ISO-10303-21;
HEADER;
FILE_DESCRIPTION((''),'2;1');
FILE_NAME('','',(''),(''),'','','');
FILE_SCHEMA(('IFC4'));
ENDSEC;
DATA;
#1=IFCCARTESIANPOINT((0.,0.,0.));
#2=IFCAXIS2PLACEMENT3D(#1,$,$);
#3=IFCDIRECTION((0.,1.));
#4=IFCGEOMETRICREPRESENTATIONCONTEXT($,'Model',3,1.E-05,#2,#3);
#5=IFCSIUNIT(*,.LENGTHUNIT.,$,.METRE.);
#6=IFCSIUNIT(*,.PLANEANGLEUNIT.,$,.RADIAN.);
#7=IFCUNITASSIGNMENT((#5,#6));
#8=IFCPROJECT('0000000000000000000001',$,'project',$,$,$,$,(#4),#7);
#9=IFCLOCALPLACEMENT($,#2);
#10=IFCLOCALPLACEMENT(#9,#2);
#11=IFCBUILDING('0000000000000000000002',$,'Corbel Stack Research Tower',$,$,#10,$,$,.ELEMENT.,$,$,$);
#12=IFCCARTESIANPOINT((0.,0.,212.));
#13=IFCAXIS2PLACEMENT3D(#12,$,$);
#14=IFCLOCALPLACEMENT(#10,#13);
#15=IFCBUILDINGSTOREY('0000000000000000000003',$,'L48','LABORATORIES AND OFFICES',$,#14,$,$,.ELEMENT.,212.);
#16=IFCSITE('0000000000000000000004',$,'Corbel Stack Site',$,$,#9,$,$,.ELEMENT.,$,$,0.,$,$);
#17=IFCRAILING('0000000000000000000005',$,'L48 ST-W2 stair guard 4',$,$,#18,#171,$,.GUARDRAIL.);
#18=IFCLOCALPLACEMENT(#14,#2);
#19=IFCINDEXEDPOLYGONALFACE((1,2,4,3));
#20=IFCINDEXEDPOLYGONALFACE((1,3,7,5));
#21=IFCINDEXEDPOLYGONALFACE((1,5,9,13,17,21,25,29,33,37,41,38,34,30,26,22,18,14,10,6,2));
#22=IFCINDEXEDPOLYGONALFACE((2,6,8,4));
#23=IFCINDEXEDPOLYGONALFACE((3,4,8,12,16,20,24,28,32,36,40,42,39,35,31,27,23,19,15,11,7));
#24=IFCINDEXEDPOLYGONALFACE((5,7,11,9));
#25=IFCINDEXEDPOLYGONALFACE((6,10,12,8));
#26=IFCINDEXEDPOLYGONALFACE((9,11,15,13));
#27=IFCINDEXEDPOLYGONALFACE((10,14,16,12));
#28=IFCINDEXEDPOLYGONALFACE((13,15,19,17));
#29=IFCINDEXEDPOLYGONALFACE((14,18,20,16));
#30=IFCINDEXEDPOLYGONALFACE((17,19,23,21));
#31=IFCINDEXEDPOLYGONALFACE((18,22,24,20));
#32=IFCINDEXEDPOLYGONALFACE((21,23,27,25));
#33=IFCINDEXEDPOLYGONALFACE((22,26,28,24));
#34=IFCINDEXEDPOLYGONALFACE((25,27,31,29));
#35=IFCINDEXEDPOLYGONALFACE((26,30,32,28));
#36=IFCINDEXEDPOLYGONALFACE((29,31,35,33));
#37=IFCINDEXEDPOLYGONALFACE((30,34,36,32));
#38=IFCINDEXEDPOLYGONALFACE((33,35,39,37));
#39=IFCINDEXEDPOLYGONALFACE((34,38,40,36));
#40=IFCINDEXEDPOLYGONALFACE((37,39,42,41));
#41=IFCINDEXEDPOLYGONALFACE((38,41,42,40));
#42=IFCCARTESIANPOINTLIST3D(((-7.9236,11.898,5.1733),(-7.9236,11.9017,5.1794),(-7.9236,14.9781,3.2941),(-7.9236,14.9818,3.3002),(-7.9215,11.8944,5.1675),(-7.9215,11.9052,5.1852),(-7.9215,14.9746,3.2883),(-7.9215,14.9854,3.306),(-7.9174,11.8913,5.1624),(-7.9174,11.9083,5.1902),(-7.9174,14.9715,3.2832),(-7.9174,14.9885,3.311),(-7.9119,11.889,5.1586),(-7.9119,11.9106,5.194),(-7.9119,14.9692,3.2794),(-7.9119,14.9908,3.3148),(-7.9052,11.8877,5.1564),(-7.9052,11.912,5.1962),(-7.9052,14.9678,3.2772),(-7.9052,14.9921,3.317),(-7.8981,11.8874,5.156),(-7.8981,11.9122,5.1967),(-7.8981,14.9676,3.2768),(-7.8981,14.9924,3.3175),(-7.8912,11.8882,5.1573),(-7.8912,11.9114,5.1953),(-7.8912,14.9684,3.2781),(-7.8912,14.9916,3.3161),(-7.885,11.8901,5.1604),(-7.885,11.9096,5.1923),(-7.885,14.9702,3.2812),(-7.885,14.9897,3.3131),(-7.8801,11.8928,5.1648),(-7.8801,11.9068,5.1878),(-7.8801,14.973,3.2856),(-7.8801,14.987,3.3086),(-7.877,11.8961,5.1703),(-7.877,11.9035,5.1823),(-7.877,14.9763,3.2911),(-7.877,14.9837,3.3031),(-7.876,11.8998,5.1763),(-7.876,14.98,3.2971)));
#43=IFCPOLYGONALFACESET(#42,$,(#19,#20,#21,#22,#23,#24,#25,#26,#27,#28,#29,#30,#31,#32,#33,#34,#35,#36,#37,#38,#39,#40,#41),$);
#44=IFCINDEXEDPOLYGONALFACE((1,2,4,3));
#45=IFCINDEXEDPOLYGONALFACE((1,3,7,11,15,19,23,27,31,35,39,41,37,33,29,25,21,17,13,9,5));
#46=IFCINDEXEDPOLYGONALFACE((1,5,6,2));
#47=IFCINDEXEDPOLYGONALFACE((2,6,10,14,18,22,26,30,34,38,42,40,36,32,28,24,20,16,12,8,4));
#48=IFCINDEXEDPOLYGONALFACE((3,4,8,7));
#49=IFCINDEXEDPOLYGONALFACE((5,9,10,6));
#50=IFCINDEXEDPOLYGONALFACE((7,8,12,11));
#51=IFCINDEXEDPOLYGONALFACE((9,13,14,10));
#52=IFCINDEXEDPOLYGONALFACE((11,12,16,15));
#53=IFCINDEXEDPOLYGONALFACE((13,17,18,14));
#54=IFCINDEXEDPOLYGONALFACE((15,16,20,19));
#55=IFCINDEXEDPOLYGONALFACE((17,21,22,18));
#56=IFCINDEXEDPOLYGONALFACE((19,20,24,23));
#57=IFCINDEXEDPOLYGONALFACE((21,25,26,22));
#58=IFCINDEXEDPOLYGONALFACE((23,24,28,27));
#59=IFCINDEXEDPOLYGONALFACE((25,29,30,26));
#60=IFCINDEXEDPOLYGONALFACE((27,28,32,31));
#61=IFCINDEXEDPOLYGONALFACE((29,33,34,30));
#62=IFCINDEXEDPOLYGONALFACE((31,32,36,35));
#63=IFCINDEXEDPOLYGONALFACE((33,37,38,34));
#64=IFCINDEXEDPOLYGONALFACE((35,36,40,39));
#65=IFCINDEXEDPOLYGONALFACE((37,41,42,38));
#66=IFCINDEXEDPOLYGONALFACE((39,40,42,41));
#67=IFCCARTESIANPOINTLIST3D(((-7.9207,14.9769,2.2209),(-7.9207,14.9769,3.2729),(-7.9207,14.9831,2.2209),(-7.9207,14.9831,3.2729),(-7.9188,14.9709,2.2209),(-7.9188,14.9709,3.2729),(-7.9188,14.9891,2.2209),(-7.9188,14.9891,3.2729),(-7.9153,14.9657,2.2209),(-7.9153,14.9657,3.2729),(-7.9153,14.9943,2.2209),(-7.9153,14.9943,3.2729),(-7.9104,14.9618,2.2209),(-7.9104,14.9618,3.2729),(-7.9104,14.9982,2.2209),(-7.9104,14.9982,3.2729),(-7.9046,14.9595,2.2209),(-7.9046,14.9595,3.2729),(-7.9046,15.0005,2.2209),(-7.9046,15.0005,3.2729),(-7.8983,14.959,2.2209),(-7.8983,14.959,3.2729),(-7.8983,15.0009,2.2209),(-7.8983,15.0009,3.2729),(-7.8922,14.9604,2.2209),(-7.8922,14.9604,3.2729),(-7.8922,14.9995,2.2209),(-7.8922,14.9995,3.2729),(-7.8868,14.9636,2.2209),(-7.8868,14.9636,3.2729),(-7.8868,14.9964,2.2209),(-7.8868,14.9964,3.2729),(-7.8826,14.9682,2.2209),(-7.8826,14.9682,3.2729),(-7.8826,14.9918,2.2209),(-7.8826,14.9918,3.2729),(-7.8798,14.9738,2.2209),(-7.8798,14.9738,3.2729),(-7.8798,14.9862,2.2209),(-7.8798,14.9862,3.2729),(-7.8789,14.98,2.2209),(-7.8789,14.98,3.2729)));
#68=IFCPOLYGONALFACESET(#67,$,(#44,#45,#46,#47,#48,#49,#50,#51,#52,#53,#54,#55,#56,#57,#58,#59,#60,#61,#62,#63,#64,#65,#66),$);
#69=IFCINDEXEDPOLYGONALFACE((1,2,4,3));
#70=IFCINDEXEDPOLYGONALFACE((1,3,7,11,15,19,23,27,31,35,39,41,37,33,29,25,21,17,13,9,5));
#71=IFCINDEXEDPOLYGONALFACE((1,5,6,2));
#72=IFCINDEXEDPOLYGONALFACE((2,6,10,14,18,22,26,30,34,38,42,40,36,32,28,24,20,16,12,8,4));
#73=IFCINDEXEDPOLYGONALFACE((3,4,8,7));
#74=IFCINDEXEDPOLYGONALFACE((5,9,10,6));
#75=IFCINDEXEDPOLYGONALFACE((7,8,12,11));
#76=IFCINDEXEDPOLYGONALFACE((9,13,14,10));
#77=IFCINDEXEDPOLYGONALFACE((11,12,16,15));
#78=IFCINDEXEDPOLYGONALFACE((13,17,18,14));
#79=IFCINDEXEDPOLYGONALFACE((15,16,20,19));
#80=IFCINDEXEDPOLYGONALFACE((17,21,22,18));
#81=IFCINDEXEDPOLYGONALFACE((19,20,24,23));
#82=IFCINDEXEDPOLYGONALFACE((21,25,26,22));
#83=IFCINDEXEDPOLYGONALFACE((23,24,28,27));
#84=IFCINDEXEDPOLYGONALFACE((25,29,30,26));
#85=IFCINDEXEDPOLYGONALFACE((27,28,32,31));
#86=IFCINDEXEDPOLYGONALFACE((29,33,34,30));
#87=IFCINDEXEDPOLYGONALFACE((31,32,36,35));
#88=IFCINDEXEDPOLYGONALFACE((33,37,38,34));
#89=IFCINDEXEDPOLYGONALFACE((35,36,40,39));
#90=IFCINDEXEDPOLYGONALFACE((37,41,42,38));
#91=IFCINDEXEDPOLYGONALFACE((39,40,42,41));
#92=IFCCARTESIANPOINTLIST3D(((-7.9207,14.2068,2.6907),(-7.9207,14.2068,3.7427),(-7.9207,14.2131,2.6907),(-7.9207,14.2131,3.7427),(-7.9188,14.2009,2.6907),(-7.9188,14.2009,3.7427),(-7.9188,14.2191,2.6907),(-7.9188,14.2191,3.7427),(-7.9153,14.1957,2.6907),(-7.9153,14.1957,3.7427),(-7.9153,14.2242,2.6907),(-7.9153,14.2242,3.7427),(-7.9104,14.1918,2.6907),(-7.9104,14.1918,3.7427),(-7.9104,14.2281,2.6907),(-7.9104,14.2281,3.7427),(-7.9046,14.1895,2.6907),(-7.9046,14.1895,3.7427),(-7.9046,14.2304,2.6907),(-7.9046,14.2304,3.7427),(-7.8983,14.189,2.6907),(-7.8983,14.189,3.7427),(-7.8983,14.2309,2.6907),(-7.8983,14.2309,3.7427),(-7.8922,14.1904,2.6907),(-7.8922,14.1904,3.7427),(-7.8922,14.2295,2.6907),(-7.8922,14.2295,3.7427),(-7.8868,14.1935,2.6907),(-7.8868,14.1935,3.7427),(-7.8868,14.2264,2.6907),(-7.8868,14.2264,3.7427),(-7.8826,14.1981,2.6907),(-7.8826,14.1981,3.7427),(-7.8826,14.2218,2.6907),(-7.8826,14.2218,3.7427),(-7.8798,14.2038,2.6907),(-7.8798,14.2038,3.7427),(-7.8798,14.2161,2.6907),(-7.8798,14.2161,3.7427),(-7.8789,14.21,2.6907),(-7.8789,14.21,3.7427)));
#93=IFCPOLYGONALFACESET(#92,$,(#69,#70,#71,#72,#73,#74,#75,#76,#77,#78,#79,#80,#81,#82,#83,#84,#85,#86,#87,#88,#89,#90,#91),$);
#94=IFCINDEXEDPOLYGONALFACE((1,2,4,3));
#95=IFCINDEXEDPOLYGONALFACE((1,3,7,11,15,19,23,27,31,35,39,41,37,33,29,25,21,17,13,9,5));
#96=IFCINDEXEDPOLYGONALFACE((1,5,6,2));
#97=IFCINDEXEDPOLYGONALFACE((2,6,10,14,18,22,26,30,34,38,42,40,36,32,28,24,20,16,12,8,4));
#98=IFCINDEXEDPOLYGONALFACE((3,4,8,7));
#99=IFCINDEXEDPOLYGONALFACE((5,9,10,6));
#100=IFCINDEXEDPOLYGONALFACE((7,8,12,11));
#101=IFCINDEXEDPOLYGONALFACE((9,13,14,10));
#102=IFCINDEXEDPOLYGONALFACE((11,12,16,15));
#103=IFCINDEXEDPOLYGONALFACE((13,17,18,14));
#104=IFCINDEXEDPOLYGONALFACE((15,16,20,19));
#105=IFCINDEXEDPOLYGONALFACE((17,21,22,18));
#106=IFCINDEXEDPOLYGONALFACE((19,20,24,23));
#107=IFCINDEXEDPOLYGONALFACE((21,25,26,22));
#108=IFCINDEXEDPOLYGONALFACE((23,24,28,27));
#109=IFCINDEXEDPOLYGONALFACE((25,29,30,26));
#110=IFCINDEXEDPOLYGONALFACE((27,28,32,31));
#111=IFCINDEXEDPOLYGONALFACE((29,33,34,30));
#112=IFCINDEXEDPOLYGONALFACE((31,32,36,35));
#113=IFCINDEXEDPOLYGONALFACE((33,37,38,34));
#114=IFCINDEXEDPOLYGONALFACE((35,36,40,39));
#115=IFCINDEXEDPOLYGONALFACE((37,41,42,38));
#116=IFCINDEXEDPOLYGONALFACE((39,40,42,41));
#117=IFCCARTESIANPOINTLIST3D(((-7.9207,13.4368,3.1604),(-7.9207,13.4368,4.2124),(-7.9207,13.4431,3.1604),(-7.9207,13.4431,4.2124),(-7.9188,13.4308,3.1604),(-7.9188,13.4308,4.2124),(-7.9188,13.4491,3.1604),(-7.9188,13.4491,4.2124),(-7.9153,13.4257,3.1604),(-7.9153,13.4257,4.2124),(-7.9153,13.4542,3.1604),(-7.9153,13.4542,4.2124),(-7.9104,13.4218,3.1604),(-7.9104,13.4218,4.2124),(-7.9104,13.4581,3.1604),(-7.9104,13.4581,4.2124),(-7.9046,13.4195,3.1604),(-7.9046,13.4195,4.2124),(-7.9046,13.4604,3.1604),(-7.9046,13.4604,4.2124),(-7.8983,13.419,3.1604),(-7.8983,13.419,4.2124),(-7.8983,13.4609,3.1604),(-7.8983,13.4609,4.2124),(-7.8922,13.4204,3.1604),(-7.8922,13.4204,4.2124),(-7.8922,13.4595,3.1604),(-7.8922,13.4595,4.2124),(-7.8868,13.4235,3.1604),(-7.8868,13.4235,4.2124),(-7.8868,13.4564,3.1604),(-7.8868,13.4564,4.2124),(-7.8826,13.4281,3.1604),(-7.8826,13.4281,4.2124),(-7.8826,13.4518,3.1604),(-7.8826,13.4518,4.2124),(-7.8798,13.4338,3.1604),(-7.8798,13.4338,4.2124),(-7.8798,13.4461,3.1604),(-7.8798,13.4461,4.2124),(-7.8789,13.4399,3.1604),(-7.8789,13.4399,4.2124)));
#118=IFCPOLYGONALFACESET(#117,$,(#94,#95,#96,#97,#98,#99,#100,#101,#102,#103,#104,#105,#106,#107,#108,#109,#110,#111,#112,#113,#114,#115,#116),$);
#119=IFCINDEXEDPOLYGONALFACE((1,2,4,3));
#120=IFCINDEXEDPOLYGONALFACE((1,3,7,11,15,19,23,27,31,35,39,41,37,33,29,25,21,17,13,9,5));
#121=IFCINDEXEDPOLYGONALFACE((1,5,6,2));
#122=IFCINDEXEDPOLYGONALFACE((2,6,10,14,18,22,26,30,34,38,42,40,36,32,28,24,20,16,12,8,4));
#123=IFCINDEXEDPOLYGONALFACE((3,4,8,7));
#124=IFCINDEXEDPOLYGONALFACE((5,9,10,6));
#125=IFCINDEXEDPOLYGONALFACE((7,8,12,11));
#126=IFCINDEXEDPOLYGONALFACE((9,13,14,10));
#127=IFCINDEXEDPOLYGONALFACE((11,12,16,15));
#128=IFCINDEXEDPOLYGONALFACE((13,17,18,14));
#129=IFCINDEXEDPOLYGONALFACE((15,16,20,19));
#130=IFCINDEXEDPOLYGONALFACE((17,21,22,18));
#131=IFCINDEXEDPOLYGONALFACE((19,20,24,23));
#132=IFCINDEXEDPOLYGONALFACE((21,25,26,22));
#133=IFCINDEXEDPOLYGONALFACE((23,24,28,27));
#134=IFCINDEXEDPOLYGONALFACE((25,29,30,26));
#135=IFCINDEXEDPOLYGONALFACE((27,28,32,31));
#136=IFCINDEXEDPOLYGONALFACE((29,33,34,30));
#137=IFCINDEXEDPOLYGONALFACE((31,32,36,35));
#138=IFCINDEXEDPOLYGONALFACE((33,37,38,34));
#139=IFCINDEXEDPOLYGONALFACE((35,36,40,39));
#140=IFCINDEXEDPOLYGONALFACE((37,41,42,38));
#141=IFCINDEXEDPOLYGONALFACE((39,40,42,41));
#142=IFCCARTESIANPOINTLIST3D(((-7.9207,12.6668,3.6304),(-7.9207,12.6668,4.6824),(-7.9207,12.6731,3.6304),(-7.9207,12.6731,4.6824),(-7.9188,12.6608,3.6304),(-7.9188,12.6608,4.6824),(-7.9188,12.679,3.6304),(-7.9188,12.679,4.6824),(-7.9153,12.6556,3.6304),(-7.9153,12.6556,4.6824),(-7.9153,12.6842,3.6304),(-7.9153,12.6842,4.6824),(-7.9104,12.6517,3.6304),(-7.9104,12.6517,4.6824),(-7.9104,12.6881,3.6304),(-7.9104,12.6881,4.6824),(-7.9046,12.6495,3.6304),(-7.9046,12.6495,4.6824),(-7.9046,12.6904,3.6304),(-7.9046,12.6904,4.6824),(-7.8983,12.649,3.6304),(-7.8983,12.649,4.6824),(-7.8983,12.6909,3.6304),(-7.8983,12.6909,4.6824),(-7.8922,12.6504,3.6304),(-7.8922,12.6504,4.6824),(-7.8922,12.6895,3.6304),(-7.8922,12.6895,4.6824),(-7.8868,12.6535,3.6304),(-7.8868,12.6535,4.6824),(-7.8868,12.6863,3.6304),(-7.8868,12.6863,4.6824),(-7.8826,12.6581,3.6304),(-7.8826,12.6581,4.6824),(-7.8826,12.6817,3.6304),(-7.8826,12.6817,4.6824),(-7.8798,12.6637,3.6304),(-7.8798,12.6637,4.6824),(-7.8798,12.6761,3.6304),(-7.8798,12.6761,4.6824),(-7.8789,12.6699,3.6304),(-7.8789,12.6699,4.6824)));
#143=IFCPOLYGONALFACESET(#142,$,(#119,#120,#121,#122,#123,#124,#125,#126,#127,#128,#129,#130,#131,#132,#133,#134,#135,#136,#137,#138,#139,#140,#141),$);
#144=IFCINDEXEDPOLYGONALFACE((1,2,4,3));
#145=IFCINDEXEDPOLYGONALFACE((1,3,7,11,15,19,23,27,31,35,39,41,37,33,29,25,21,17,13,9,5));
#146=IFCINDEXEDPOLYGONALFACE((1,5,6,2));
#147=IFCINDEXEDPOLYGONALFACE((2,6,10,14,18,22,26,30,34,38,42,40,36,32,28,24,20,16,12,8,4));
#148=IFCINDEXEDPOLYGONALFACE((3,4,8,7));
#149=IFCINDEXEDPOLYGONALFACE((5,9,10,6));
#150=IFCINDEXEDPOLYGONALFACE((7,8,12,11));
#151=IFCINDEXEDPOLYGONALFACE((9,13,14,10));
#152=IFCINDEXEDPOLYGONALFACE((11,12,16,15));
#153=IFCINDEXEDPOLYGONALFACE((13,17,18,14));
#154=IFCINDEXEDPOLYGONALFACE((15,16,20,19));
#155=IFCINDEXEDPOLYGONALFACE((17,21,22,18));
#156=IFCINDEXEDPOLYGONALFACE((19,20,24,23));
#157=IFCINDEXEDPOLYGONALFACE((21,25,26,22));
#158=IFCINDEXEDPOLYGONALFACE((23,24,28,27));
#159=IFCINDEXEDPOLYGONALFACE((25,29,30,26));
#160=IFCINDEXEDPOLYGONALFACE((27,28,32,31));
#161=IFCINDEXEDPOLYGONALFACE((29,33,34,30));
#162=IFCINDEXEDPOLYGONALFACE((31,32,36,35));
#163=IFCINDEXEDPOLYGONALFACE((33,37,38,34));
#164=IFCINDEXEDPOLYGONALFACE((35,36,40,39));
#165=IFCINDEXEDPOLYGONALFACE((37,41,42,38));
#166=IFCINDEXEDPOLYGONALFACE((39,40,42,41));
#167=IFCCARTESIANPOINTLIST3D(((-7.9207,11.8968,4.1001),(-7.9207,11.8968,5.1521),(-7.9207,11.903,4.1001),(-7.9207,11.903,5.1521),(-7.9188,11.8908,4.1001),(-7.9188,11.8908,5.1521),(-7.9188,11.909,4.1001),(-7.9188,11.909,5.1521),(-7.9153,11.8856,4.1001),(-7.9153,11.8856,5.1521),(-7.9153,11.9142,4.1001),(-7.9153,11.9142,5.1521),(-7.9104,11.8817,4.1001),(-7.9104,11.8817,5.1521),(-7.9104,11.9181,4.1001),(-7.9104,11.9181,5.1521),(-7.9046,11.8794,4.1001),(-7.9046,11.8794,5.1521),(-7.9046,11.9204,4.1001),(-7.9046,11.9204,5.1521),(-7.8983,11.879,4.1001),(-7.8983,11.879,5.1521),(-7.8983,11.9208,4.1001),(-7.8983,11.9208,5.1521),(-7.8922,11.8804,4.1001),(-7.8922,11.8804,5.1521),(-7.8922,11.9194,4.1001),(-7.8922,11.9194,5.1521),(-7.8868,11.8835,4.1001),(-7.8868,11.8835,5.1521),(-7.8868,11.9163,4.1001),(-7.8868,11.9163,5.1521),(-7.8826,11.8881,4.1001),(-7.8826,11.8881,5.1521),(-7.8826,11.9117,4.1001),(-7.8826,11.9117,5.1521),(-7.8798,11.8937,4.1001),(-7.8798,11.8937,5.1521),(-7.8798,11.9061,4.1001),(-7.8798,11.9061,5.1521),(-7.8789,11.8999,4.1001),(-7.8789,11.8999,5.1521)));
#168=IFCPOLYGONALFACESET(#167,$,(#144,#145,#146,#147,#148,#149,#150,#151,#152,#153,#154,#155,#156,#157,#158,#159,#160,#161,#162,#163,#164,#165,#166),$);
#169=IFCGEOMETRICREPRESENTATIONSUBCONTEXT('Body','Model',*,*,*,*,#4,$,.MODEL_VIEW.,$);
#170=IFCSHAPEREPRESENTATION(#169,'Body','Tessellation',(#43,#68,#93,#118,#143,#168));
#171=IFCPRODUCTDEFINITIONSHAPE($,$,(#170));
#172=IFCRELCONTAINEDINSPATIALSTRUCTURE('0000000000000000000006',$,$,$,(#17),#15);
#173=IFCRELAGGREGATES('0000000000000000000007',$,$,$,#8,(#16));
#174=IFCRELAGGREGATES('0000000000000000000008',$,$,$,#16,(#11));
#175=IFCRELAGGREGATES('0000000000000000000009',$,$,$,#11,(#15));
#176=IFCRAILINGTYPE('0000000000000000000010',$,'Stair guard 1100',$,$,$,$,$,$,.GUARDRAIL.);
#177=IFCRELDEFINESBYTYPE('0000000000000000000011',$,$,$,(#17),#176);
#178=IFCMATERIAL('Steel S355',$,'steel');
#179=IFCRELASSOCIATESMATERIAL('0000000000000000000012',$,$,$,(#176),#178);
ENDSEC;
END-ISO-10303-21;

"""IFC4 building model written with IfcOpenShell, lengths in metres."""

from ifc_helpers import new_model, si_unit, direction, frame, origin, origin_2d, place, context, subcontext, project, spatial, circle, extrude, material, type_object, element, save


model = new_model("IFC4")

# Units and contexts
model_context = context("Model", 3, precision=1e-05, world=origin(), true_north=direction((0.0, 1.0)))
body_context = subcontext(model_context, "Body", "Model", "MODEL_VIEW")
ifc_project = project(units=[si_unit("LENGTHUNIT", "METRE"), si_unit("PLANEANGLEUNIT", "RADIAN")], contexts=[model_context])

# Site, building, storey
site_placement = place(None, origin())
site = spatial("IfcSite", under=ifc_project, at=site_placement, Name="Corbel Stack Site", CompositionType="ELEMENT", RefElevation=0.0)
building_placement = place(site_placement, origin())
building = spatial("IfcBuilding", under=site, at=building_placement, Name="Corbel Stack Research Tower", CompositionType="ELEMENT")
storey_placement = place(building_placement, frame((0.0, 0.0, 212.0)))
storey = spatial("IfcBuildingStorey", under=building, at=storey_placement, Name="L48", Description="LABORATORIES AND OFFICES", CompositionType="ELEMENT", Elevation=212.0)

# Railing
ifc_material_1 = material(Name="Steel S355", Category="steel")
railing_type_1 = type_object("IfcRailingType", Name="Stair guard 1100", PredefinedType="GUARDRAIL", material=ifc_material_1)
railing_1_placement = place(storey_placement, frame((-7.8999, 14.98, 2.2209)))
element("IfcRailing", 1, at=railing_1_placement, inside=storey, type_object=railing_type_1, Name="L48 ST-W2 stair guard 4", PredefinedType="GUARDRAIL", context=body_context, shape_type="SweptSolid", body=[
    extrude(circle(Radius=0.0239, at=origin_2d()), frame((0.0, 0.0, 1.0762), z_axis=(0.0, -0.853666, 0.52082), x_axis=(1.0, 0.0, 0.0)), (0.0, 0.0, 1.0), 3.6082),
    extrude(circle(Radius=0.021, at=origin_2d()), origin(), (0.0, 0.0, 1.0), 1.052),
    extrude(circle(Radius=0.021, at=origin_2d()), frame((0.0, -0.77, 0.4697)), (0.0, 0.0, 1.0), 1.052),
    extrude(circle(Radius=0.021, at=origin_2d()), frame((0.0, -1.54, 0.9395)), (0.0, 0.0, 1.0), 1.052),
    extrude(circle(Radius=0.021, at=origin_2d()), frame((0.0, -2.3101, 1.4094)), (0.0, 0.0, 1.0), 1.052),
    extrude(circle(Radius=0.021, at=origin_2d()), frame((0.0, -3.0801, 1.8792)), (0.0, 0.0, 1.0), 1.052),
])

save(model, "model.ifc")
